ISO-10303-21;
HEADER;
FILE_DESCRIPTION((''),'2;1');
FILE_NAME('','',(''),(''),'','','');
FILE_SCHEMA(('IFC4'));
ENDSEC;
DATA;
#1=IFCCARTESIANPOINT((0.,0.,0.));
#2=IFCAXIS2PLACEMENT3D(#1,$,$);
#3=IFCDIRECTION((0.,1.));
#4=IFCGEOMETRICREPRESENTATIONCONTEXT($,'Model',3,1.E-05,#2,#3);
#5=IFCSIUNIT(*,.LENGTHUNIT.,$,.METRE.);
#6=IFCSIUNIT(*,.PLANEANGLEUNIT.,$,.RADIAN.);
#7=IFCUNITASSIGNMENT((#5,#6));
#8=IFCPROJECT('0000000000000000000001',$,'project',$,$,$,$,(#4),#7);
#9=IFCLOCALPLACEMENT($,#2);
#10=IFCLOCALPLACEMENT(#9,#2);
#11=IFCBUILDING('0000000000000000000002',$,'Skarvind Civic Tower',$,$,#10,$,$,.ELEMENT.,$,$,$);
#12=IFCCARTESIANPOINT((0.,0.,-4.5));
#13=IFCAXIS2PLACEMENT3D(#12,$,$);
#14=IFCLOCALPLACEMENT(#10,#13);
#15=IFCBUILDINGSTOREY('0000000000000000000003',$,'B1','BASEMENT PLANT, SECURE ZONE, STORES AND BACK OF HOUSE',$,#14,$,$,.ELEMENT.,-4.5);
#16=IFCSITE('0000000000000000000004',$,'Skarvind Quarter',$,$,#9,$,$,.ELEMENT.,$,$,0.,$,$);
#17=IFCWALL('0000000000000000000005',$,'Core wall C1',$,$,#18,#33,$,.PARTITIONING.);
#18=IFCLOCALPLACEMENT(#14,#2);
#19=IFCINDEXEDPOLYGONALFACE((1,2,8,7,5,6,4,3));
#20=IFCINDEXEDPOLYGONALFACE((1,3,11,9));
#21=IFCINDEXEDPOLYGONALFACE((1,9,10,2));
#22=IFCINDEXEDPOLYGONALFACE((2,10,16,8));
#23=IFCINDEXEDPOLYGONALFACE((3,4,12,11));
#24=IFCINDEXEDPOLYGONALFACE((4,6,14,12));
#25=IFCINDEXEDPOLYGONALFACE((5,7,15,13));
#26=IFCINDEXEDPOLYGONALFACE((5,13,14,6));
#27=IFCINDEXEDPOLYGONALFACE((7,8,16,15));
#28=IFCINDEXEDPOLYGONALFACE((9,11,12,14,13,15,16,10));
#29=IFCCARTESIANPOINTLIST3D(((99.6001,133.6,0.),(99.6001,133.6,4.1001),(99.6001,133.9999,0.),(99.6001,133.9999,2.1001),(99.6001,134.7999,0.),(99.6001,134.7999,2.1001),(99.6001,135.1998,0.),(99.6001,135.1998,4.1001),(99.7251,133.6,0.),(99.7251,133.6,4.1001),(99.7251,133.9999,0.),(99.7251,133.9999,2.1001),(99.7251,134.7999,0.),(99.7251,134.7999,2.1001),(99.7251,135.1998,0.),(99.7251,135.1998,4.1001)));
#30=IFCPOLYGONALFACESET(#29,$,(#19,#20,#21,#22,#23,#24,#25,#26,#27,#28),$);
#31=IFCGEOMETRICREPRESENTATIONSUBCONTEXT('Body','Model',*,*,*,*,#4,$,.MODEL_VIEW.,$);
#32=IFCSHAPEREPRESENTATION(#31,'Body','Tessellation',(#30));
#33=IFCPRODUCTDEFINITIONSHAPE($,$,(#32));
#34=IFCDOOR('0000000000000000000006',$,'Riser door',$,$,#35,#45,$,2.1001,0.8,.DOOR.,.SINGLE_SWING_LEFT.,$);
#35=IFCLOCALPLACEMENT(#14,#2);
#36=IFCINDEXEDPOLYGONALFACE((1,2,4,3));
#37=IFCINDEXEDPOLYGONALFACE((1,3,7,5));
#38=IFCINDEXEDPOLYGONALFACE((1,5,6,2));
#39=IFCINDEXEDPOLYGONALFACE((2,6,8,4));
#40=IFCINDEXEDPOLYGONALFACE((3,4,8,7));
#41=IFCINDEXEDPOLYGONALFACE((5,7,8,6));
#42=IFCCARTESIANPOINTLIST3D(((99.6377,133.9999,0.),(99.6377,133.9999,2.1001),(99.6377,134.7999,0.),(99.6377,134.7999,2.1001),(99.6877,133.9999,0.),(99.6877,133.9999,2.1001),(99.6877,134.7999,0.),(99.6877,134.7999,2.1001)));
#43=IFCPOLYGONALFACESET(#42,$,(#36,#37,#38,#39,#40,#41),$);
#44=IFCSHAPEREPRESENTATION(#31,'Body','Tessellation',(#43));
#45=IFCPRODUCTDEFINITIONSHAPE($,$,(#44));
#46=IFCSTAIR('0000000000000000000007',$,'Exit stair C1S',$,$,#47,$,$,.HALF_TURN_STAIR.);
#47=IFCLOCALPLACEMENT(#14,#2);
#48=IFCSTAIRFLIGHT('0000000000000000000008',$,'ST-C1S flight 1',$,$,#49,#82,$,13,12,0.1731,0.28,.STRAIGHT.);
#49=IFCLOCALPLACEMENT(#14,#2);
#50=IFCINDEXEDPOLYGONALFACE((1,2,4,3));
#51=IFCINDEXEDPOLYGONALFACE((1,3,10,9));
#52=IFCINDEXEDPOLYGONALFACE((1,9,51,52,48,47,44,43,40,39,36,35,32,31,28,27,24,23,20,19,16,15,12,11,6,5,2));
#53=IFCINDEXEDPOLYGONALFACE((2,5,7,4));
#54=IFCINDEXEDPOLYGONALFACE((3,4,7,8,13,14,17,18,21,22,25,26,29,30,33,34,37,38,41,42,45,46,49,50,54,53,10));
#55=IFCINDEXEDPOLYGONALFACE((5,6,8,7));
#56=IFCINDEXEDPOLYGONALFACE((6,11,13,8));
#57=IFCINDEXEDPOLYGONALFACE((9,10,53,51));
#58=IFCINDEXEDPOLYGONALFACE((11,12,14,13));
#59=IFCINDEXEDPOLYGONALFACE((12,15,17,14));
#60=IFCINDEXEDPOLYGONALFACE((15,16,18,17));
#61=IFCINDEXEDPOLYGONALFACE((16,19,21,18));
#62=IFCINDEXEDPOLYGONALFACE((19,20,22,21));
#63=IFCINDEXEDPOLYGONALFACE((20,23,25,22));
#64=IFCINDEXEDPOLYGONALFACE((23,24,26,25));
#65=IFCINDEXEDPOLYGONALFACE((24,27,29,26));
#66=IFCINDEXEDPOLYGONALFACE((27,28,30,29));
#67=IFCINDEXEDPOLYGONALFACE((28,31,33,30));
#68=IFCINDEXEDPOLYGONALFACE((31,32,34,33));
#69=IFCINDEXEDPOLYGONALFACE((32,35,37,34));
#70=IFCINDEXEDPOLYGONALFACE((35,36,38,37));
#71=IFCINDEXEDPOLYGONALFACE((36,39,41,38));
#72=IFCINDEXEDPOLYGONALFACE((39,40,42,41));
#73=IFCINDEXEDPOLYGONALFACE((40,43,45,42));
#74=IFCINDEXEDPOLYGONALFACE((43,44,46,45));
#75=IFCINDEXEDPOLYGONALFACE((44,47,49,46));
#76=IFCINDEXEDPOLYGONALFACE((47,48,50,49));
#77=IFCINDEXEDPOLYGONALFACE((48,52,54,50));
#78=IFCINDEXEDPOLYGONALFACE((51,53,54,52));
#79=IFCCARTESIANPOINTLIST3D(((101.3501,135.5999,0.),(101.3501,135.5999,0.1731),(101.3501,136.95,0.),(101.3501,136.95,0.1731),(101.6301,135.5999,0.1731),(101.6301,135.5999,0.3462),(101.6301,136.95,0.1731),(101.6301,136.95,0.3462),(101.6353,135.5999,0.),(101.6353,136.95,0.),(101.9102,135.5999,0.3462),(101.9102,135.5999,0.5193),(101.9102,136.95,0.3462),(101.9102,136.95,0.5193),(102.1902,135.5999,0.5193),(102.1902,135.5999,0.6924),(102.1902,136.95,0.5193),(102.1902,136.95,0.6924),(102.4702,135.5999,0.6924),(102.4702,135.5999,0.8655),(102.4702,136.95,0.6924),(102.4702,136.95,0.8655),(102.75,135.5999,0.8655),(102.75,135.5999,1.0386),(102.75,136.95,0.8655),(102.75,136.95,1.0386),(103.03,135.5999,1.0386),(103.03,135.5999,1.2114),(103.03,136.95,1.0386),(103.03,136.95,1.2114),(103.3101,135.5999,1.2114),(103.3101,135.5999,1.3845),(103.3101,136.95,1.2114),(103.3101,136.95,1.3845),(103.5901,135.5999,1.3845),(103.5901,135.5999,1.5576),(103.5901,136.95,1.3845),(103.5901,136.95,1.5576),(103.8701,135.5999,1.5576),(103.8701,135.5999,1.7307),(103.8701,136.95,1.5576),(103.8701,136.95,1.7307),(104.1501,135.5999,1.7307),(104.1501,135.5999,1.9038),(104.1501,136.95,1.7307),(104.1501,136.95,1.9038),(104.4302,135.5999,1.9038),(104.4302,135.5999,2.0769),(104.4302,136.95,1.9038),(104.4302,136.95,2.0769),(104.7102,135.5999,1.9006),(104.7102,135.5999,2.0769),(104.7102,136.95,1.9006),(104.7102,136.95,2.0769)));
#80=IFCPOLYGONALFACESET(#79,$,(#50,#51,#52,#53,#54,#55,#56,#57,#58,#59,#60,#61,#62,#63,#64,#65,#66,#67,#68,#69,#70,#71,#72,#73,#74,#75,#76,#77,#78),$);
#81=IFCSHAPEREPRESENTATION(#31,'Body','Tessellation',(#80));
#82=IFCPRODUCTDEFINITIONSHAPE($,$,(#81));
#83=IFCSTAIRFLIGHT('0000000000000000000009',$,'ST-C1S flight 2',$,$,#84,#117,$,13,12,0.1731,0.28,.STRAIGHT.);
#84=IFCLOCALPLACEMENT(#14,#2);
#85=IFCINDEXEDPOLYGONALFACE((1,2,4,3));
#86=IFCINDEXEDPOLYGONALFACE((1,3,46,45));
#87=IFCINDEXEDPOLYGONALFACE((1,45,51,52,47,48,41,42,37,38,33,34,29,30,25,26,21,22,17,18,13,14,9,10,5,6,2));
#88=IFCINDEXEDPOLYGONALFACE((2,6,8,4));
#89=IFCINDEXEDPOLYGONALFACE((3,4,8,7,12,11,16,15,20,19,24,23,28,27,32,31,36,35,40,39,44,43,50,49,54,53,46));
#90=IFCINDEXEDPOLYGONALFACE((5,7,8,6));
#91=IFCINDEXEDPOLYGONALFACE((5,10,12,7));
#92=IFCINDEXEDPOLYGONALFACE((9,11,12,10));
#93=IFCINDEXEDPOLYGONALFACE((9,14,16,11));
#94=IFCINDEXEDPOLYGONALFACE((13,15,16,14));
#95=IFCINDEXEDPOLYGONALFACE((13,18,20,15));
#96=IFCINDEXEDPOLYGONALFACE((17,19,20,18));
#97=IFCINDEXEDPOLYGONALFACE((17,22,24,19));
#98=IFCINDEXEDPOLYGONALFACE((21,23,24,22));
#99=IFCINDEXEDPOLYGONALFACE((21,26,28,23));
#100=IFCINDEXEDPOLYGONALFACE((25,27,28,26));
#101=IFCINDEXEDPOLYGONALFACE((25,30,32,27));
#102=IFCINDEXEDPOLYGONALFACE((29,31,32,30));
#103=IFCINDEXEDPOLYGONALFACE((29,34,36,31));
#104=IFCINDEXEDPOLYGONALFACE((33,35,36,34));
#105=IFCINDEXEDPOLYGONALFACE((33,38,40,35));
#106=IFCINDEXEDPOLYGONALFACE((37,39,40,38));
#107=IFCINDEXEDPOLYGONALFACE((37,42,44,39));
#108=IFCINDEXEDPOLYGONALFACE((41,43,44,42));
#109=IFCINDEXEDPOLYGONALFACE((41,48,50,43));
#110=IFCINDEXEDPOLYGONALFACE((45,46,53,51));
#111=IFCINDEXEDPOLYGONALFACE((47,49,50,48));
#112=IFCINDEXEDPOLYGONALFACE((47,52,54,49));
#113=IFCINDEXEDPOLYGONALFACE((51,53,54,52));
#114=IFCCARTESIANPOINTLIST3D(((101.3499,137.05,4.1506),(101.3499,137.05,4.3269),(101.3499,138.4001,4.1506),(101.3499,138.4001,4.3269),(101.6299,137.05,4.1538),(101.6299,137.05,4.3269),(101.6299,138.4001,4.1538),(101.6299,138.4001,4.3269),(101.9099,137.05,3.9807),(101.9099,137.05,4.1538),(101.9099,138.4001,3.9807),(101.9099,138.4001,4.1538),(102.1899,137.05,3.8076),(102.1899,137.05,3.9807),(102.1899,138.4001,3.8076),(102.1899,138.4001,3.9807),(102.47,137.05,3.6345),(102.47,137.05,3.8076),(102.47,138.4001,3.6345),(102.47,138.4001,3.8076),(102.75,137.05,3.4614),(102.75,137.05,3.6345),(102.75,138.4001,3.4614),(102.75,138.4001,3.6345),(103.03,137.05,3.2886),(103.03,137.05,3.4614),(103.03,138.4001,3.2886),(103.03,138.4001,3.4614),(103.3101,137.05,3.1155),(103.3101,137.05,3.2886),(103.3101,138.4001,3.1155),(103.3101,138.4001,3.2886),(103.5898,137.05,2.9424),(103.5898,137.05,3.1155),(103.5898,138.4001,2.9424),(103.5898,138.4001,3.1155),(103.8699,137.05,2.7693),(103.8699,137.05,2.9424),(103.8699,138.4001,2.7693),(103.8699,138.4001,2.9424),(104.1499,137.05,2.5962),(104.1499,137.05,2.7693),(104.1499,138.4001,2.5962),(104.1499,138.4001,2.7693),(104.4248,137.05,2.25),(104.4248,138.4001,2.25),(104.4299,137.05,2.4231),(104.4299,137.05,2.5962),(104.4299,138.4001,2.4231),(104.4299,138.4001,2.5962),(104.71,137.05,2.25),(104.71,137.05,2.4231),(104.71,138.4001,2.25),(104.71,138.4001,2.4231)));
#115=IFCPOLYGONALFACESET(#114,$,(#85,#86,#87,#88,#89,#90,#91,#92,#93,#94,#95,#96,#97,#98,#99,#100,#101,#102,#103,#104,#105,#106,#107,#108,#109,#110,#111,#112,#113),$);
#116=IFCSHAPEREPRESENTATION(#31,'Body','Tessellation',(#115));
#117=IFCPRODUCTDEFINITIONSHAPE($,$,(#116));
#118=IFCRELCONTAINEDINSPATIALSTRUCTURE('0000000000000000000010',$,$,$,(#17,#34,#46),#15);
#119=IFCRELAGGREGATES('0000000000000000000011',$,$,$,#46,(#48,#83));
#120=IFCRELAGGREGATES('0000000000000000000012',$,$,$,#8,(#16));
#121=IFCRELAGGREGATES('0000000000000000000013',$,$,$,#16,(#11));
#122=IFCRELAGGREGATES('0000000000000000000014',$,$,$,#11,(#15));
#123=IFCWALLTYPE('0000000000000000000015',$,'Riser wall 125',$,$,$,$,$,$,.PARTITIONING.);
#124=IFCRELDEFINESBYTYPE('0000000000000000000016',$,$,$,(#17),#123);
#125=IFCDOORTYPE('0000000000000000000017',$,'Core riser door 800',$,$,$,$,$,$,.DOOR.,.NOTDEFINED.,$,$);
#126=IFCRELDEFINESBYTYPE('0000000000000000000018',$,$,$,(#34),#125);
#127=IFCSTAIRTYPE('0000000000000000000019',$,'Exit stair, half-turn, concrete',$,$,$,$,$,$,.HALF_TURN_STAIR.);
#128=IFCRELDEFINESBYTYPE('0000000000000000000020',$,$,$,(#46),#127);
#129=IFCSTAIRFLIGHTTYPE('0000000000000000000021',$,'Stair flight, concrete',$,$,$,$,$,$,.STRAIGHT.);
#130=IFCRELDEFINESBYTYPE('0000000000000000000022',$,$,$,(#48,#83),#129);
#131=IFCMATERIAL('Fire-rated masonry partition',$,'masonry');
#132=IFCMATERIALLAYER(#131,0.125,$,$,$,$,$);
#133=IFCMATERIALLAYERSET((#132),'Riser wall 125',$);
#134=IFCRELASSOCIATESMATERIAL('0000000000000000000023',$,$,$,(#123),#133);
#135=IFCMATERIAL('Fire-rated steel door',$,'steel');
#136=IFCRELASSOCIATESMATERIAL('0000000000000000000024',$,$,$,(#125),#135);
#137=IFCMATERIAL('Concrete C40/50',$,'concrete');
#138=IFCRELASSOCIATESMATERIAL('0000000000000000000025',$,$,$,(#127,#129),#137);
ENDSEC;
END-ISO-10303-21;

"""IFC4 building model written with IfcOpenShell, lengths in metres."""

from ifc_helpers import new_model, si_unit, direction, frame, frame_2d, origin, place, context, subcontext, project, spatial, polyline, rectangle, outline, extrude, material, layer, layer_set, type_object, element, fill, aggregate, save


model = new_model("IFC4")

# Units and contexts
model_context = context("Model", 3, precision=1e-05, world=origin(), true_north=direction((0.0, 1.0)))
body_context = subcontext(model_context, "Body", "Model", "MODEL_VIEW")
ifc_project = project(units=[si_unit("LENGTHUNIT", "METRE"), si_unit("PLANEANGLEUNIT", "RADIAN")], contexts=[model_context])

# Site, building, storey
site_placement = place(None, origin())
site = spatial("IfcSite", under=ifc_project, at=site_placement, Name="Skarvind Quarter", CompositionType="ELEMENT", RefElevation=0.0)
building_placement = place(site_placement, origin())
building = spatial("IfcBuilding", under=site, at=building_placement, Name="Skarvind Civic Tower", CompositionType="ELEMENT")
storey_placement = place(building_placement, frame((0.0, 0.0, -4.5)))
storey = spatial("IfcBuildingStorey", under=building, at=storey_placement, Name="B1", Description="BASEMENT PLANT, SECURE ZONE, STORES AND BACK OF HOUSE", CompositionType="ELEMENT", Elevation=-4.5)

# Shared definitions
ifc_material_1 = material(Name="Fire-rated steel door", Category="steel")

# Wall, opening, door
ifc_material_2 = material(Name="Fire-rated masonry partition", Category="masonry")
ifc_layer_1 = layer(ifc_material_2, 0.125)
ifc_layer_set_1 = layer_set([ifc_layer_1], Name="Riser wall 125")
wall_type_1 = type_object("IfcWallType", Name="Riser wall 125", PredefinedType="PARTITIONING", material=ifc_layer_set_1)
wall_1_placement = place(storey_placement, frame((99.6626, 133.6001, 0.0), z_axis=(0.0, 0.0, 1.0), x_axis=(0.0, 1.0, 0.0)))
wall_1 = element("IfcWall", 1, at=wall_1_placement, inside=storey, type_object=wall_type_1, Name="Core wall C1", PredefinedType="PARTITIONING", context=body_context, shape_type="SweptSolid", body=[
    extrude(rectangle(XDim=1.5999, YDim=0.125, at=frame_2d((0.7998, 0.0))), origin(), (0.0, 0.0, 1.0), 4.1001),
])
opening_1_placement = place(wall_1_placement, frame((0.3999, 0.0, 0.0)))
opening_1 = element("IfcOpeningElement", 2, at=opening_1_placement, cuts=wall_1, PredefinedType="OPENING", context=body_context, shape_type="SweptSolid", body=[
    extrude(rectangle(XDim=0.8, YDim=2.1001, at=frame_2d((0.3999, 1.05))), frame((0.0, 0.0725, 0.0), z_axis=(0.0, -1.0, 0.0), x_axis=(1.0, 0.0, 0.0)), (0.0, 0.0, 1.0), 0.145),
])
door_type_1 = type_object("IfcDoorType", Name="Core riser door 800", OperationType="NOTDEFINED", PredefinedType="DOOR", material=ifc_material_1)
door_1_placement = place(opening_1_placement, origin())
door_1 = element("IfcDoor", 3, at=door_1_placement, inside=storey, type_object=door_type_1, Name="Riser door", OperationType="SINGLE_SWING_LEFT", OverallHeight=2.1001, OverallWidth=0.8, PredefinedType="DOOR", context=body_context, shape_type="SweptSolid", body=[
    extrude(rectangle(XDim=0.8, YDim=2.1001, at=frame_2d((0.3999, 1.05))), frame((0.0, 0.0249, 0.0), z_axis=(0.0, -1.0, 0.0), x_axis=(1.0, 0.0, 0.0)), (0.0, 0.0, 1.0), 0.05),
])
fill(opening_1, door_1)

# Stair, stair flights
ifc_material_3 = material(Name="Concrete C40/50", Category="concrete")
stair_type = type_object("IfcStairType", Name="Exit stair, half-turn, concrete", PredefinedType="HALF_TURN_STAIR", material=ifc_material_3)
stair_placement = place(storey_placement, origin())
stair = element("IfcStair", 4, at=stair_placement, inside=storey, type_object=stair_type, Name="Exit stair C1S", PredefinedType="HALF_TURN_STAIR")
stair_flight_type = type_object("IfcStairFlightType", Name="Stair flight, concrete", PredefinedType="STRAIGHT", material=ifc_material_3)
stair_flight_1_placement = place(storey_placement, frame((101.3501, 136.2749, 0.0), z_axis=(0.0, 0.0, 1.0), x_axis=(1.0, 0.0, 0.0)))
stair_flight_1 = element("IfcStairFlight", 5, at=stair_flight_1_placement, type_object=stair_flight_type, Name="ST-C1S flight 1", NumberOfRisers=13, NumberOfTreads=12, PredefinedType="STRAIGHT", RiserHeight=0.1731, TreadLength=0.28, context=body_context, shape_type="SweptSolid", body=[
    extrude(outline(polyline([(0.0, 0.0), (0.0, 0.1731), (0.28, 0.1731), (0.28, 0.3462), (0.5601, 0.3462), (0.5601, 0.5193), (0.8401, 0.5193), (0.8401, 0.6924), (1.1201, 0.6924), (1.1201, 0.8655), (1.3999, 0.8655), (1.3999, 1.0386), (1.6799, 1.0386), (1.6799, 1.2114), (1.96, 1.2114), (1.96, 1.3845), (2.24, 1.3845), (2.24, 1.5576), (2.52, 1.5576), (2.52, 1.7307), (2.8, 1.7307), (2.8, 1.9038), (3.0801, 1.9038), (3.0801, 2.0769), (3.3601, 2.0769), (3.3601, 2.25), (3.3601, 1.9006), (0.2852, 0.0), (0.0, 0.0)])), frame((0.0, 0.675, 0.0), z_axis=(0.0, -1.0, 0.0), x_axis=(1.0, 0.0, 0.0)), (0.0, 0.0, 1.0), 1.3501),
])
stair_flight_2_placement = place(storey_placement, frame((104.71, 137.7251, 2.25), z_axis=(0.0, 0.0, 1.0), x_axis=(-1.0, 0.0, 0.0)))
stair_flight_2 = element("IfcStairFlight", 6, at=stair_flight_2_placement, type_object=stair_flight_type, Name="ST-C1S flight 2", NumberOfRisers=13, NumberOfTreads=12, PredefinedType="STRAIGHT", RiserHeight=0.1731, TreadLength=0.28, context=body_context, shape_type="SweptSolid", body=[
    extrude(outline(polyline([(0.0, 0.0), (0.0, 0.1731), (0.28, 0.1731), (0.28, 0.3462), (0.5601, 0.3462), (0.5601, 0.5193), (0.8401, 0.5193), (0.8401, 0.6924), (1.1201, 0.6924), (1.1201, 0.8655), (1.3999, 0.8655), (1.3999, 1.0386), (1.6799, 1.0386), (1.6799, 1.2114), (1.96, 1.2114), (1.96, 1.3845), (2.24, 1.3845), (2.24, 1.5576), (2.52, 1.5576), (2.52, 1.7307), (2.8, 1.7307), (2.8, 1.9038), (3.0801, 1.9038), (3.0801, 2.0769), (3.3601, 2.0769), (3.3601, 2.25), (3.3601, 1.9006), (0.2852, 0.0), (0.0, 0.0)])), frame((0.0, 0.675, 0.0), z_axis=(0.0, -1.0, 0.0), x_axis=(1.0, 0.0, 0.0)), (0.0, 0.0, 1.0), 1.3501),
])
aggregate(stair, [stair_flight_1, stair_flight_2])

save(model, "model.ifc")
